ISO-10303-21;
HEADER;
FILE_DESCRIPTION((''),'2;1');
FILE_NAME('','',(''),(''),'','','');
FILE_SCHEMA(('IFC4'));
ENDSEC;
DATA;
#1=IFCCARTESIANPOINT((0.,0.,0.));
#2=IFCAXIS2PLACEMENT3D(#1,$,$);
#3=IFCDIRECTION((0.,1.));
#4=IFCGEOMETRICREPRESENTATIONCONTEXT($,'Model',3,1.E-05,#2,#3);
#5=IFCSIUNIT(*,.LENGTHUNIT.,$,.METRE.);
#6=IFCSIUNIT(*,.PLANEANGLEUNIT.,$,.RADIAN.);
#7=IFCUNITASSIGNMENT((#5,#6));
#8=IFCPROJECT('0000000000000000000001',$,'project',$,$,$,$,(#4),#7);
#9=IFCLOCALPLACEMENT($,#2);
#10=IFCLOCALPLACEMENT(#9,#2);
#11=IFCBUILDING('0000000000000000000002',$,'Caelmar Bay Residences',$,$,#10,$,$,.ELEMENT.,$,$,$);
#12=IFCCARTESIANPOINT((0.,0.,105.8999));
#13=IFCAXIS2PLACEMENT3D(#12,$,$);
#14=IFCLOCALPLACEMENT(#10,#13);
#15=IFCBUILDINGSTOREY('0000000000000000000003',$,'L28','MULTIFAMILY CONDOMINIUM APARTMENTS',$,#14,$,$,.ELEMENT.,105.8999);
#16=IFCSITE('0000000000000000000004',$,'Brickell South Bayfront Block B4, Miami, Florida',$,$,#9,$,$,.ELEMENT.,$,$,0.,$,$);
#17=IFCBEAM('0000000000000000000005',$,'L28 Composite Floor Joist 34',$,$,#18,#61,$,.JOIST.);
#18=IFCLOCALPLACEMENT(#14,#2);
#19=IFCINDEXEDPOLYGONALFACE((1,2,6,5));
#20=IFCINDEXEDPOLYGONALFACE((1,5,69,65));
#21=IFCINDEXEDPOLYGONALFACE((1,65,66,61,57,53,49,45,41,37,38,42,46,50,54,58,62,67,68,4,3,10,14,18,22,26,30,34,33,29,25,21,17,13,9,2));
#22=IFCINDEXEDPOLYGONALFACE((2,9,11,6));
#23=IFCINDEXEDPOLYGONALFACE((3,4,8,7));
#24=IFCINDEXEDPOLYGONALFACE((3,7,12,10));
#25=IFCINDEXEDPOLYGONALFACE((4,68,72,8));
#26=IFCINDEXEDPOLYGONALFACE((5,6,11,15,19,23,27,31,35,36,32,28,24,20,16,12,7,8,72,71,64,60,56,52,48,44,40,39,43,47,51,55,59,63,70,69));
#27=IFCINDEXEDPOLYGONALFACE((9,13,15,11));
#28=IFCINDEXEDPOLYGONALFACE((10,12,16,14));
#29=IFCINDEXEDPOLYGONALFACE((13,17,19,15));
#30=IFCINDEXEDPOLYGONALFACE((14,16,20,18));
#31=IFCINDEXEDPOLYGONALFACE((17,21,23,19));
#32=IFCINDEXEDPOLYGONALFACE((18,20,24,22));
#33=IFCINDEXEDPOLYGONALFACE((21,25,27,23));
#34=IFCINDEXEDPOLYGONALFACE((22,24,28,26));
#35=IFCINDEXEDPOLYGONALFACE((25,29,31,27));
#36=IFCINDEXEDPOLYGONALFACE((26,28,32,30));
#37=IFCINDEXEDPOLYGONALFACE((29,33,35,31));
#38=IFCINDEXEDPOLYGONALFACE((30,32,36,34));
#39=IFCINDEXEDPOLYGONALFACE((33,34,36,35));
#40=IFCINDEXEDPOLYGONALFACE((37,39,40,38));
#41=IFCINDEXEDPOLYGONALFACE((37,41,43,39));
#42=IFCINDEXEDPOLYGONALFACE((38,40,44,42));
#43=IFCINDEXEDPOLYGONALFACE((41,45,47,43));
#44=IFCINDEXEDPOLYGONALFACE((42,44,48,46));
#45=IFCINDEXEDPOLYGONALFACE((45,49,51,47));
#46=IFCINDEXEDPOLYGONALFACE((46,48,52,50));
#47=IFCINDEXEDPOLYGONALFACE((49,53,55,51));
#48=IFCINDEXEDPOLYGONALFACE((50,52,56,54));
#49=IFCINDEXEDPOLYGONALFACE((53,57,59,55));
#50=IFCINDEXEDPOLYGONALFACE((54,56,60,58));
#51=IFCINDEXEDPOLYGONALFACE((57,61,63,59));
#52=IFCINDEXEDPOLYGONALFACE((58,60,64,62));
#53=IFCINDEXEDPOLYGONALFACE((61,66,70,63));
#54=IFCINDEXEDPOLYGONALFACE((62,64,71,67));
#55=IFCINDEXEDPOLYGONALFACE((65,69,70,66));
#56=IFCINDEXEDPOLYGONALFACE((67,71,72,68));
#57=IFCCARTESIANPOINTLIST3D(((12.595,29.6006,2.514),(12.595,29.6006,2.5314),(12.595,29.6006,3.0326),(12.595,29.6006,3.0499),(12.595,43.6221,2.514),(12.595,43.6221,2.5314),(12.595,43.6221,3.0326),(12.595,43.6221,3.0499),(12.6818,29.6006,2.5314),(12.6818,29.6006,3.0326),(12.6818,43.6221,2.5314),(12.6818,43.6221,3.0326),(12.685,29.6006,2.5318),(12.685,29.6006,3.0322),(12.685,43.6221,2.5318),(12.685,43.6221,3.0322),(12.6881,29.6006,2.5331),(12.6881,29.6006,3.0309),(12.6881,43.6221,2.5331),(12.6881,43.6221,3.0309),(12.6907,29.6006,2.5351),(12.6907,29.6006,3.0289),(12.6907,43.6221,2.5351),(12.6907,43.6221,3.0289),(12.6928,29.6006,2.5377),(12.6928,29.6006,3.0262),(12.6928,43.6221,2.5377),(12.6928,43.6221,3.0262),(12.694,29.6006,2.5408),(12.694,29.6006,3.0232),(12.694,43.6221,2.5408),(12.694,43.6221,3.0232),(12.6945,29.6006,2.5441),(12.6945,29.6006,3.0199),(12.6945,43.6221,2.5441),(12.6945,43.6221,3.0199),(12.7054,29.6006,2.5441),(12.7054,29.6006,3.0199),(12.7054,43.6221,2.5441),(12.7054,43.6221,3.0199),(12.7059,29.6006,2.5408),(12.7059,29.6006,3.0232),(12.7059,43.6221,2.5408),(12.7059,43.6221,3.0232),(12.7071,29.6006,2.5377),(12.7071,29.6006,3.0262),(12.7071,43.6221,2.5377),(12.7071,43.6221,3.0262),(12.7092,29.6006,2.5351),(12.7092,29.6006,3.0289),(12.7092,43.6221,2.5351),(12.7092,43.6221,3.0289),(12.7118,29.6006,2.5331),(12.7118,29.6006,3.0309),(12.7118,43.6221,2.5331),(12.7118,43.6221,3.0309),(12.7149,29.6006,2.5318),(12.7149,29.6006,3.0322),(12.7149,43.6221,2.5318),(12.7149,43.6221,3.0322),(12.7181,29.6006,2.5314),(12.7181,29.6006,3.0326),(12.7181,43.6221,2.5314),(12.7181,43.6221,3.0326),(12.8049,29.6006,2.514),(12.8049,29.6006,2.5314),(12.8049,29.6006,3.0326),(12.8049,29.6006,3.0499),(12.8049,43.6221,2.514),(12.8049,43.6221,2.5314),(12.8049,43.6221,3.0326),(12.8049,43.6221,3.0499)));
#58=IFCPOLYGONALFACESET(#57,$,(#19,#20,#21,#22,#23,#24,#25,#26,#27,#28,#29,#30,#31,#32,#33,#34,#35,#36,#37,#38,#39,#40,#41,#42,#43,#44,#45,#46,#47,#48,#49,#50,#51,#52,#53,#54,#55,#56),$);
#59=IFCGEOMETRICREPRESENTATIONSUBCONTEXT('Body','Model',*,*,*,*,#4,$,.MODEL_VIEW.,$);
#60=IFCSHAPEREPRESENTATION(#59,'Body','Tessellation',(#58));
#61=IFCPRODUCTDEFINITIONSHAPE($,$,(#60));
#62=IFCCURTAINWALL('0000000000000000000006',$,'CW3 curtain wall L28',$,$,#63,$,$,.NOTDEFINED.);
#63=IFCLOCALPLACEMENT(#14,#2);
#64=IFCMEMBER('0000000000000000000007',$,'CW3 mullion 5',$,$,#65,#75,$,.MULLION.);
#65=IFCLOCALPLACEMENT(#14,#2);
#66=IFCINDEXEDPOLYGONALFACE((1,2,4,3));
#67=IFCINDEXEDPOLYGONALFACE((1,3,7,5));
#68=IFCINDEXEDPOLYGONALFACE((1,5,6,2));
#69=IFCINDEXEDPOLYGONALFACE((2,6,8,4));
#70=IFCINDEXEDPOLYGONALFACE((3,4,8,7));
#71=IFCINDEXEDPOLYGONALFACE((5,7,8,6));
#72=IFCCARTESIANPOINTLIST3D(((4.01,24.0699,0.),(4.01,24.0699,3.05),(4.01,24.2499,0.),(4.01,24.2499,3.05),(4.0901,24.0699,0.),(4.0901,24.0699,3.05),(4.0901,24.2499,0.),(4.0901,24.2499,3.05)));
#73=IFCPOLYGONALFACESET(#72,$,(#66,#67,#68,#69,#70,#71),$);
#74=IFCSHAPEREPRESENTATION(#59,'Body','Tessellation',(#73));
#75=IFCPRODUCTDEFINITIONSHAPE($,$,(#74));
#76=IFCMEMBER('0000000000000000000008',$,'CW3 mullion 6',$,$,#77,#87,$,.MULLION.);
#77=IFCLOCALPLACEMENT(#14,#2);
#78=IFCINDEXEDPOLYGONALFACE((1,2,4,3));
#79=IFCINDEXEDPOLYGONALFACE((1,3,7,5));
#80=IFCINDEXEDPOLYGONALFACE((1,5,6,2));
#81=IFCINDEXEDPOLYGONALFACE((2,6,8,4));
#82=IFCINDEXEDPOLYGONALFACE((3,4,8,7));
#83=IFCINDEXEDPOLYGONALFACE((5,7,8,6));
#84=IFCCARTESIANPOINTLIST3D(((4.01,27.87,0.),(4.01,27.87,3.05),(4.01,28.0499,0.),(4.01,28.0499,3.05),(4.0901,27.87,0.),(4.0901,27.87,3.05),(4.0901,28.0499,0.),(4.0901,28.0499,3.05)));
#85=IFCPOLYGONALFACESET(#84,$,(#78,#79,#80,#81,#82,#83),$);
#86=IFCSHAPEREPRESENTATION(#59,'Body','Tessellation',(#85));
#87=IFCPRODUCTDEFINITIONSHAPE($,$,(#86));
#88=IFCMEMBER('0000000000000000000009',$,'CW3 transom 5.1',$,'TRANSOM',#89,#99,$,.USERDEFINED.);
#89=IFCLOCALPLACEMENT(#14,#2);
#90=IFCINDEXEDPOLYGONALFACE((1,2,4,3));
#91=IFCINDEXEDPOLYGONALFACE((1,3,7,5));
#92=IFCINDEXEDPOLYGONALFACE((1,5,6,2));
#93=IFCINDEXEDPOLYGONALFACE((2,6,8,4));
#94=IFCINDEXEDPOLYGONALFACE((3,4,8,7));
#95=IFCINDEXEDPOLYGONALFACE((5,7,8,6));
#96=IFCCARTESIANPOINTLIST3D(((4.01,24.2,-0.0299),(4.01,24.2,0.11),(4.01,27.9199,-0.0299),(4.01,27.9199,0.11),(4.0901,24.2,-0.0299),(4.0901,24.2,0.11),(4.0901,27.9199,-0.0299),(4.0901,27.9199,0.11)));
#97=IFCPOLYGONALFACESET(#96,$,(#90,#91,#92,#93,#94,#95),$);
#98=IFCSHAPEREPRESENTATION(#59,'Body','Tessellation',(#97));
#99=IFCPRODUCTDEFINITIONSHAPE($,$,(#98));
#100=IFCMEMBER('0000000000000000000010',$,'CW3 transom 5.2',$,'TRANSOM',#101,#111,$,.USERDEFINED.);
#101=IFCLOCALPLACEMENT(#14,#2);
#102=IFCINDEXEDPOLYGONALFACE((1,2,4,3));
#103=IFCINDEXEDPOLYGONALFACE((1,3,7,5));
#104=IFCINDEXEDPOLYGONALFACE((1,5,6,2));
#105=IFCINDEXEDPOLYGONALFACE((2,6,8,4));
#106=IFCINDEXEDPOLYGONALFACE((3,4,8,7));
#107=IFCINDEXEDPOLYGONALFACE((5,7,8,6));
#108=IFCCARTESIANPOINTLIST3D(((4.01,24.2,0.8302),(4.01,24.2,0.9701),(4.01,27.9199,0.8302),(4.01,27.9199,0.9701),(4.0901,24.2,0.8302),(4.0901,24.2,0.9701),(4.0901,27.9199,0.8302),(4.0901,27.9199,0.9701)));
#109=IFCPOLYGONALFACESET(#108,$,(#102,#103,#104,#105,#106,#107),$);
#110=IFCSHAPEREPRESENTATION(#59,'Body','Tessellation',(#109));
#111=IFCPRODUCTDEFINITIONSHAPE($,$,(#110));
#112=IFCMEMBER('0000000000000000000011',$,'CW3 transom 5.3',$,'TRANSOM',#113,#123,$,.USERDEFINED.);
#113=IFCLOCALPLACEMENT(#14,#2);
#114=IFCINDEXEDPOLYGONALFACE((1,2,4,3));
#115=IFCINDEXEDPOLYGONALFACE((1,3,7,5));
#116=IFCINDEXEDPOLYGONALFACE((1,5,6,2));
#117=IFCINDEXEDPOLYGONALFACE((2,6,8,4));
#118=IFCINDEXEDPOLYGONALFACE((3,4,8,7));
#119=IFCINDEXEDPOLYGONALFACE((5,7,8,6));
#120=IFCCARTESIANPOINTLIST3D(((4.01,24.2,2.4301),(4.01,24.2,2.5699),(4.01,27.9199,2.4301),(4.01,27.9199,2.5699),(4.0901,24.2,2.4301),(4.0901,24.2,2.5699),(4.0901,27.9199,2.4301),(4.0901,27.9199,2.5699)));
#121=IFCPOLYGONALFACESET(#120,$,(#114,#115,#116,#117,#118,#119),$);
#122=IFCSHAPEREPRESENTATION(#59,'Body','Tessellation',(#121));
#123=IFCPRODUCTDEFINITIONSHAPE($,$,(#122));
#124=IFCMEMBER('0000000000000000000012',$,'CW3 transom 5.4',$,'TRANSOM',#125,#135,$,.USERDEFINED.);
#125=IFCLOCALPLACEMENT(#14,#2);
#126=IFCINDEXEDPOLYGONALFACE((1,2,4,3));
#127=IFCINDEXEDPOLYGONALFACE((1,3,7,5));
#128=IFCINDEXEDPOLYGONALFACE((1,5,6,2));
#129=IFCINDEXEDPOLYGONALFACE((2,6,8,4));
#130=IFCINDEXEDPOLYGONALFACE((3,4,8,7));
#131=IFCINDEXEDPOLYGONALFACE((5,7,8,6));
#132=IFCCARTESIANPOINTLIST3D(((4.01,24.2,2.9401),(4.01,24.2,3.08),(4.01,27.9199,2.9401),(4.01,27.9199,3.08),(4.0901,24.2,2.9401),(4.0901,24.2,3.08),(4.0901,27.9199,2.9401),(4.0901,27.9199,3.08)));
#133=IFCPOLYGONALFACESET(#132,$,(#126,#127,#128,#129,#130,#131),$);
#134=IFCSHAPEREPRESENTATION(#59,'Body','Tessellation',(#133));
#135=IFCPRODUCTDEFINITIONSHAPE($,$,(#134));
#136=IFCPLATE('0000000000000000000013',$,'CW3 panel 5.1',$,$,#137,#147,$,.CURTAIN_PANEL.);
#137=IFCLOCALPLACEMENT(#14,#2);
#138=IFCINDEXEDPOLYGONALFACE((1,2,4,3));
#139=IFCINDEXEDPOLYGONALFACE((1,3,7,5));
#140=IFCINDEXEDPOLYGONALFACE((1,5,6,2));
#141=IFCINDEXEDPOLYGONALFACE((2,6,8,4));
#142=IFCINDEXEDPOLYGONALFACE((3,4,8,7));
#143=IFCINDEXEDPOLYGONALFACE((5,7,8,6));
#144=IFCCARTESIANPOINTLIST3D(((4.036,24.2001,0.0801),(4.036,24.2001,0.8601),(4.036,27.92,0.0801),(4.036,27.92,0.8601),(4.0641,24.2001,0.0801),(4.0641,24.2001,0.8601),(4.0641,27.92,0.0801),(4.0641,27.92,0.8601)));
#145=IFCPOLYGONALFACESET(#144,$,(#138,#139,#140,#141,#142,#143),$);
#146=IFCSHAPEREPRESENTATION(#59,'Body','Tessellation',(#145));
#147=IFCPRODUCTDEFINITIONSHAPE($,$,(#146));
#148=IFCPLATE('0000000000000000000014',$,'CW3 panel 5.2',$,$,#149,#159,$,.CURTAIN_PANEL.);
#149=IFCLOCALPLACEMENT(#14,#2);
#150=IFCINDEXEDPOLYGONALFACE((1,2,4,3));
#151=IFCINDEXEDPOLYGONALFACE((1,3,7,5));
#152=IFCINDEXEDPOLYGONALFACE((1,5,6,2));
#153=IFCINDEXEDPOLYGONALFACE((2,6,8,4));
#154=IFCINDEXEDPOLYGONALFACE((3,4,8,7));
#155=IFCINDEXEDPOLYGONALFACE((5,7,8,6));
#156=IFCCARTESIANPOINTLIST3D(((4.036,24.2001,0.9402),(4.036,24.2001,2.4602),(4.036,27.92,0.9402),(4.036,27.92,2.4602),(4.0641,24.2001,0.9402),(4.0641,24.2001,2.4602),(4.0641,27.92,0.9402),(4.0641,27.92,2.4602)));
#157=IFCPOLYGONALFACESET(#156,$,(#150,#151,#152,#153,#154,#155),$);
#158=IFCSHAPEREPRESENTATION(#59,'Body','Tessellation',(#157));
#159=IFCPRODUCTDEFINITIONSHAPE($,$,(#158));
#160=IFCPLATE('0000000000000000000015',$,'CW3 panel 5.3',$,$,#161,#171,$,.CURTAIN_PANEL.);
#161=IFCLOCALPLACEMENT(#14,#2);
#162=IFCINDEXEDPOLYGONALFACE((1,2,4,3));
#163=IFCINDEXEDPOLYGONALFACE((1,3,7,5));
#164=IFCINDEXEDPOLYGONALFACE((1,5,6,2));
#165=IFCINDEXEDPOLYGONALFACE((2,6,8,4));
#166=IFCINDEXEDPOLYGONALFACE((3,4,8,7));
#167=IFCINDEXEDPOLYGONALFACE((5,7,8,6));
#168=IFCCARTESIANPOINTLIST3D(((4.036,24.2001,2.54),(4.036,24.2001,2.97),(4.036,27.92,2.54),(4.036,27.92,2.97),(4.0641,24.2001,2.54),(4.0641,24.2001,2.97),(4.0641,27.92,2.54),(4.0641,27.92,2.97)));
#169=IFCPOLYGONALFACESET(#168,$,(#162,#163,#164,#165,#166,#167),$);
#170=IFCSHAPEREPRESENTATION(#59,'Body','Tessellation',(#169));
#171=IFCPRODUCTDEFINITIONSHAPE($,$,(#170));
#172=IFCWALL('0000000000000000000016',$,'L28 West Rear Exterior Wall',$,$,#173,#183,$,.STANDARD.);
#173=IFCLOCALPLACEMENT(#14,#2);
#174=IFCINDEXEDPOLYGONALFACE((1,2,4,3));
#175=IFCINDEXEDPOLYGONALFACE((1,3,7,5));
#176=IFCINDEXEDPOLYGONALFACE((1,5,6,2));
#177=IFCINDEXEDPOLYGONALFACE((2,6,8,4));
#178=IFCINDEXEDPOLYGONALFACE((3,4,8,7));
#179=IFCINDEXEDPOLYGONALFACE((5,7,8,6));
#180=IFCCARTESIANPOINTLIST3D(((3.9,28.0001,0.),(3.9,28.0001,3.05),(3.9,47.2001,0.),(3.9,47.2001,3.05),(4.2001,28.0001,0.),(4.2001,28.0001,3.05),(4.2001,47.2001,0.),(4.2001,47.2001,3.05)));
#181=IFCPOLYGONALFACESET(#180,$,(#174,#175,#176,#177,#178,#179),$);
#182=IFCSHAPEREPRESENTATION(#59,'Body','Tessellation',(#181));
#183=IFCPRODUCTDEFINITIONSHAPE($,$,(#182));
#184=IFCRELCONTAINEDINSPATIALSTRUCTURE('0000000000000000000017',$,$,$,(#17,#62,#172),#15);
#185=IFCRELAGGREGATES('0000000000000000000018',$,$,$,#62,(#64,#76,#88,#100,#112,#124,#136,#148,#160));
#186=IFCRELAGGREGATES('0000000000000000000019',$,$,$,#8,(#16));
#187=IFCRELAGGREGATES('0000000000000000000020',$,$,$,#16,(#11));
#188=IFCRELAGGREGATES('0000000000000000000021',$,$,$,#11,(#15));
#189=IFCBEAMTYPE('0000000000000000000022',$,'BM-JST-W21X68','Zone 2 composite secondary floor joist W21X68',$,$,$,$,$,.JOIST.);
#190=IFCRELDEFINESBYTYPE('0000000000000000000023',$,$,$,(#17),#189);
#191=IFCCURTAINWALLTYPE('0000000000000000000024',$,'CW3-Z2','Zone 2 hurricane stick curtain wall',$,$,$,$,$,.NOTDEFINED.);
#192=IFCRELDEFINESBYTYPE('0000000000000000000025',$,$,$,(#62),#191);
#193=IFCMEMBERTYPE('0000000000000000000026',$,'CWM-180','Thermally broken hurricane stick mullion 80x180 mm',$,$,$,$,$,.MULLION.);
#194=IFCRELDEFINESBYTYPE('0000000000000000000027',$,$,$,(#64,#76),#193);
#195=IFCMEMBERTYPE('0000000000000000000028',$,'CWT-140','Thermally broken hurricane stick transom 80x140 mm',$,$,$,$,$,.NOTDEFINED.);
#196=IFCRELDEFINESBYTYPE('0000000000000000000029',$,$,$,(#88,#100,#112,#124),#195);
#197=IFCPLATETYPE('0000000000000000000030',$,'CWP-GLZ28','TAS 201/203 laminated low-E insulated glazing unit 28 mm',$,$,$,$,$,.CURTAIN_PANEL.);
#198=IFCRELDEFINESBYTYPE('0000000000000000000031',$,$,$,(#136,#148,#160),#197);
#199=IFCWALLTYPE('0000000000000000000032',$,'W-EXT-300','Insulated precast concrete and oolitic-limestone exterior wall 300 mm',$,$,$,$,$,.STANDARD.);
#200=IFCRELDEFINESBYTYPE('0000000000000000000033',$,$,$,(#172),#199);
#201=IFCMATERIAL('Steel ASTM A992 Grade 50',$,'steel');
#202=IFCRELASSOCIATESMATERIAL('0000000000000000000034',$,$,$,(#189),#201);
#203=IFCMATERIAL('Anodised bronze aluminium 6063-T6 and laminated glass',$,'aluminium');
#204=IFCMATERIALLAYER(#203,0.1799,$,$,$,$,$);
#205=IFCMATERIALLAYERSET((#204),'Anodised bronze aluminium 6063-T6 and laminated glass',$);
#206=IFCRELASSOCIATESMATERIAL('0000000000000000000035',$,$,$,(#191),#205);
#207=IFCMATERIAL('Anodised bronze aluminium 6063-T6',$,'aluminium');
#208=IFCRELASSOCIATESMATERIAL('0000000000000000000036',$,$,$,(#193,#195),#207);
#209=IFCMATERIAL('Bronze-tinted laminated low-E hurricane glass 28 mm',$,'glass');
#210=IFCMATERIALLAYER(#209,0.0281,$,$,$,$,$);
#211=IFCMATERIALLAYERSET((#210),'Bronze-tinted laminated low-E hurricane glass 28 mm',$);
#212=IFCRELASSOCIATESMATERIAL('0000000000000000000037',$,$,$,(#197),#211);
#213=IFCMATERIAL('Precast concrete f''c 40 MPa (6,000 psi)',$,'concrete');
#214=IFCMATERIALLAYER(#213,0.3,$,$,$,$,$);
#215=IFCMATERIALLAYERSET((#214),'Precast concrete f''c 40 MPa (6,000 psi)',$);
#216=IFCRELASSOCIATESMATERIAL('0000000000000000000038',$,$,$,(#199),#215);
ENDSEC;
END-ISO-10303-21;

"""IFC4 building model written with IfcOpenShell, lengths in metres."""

from ifc_helpers import new_model, si_unit, direction, frame, frame_2d, origin, origin_2d, place, context, subcontext, project, spatial, rectangle, i_section, extrude, material, layer, layer_set, material_profile, profile_set, type_object, element, aggregate, save


model = new_model("IFC4")

# Units and contexts
model_context = context("Model", 3, precision=1e-05, world=origin(), true_north=direction((0.0, 1.0)))
body_context = subcontext(model_context, "Body", "Model", "MODEL_VIEW")
ifc_project = project(units=[si_unit("LENGTHUNIT", "METRE"), si_unit("PLANEANGLEUNIT", "RADIAN")], contexts=[model_context])

# Site, building, storey
site_placement = place(None, origin())
site = spatial("IfcSite", under=ifc_project, at=site_placement, Name="Brickell South Bayfront Block B4, Miami, Florida", CompositionType="ELEMENT", RefElevation=0.0)
building_placement = place(site_placement, origin())
building = spatial("IfcBuilding", under=site, at=building_placement, Name="Caelmar Bay Residences", CompositionType="ELEMENT")
storey_placement = place(building_placement, frame((0.0, 0.0, 105.8999)))
storey = spatial("IfcBuildingStorey", under=building, at=storey_placement, Name="L28", Description="MULTIFAMILY CONDOMINIUM APARTMENTS", CompositionType="ELEMENT", Elevation=105.8999)

# Beam
ifc_material_1 = material(Name="Steel ASTM A992 Grade 50", Category="steel")
ifc_material_profile_1 = material_profile(ifc_material_1, i_section(OverallWidth=0.21, OverallDepth=0.5359, WebThickness=0.011, FlangeThickness=0.0173, FilletRadius=0.0127, at=origin_2d()), Name="W21X68")
ifc_profile_set_1 = profile_set([ifc_material_profile_1], Name="Steel ASTM A992 Grade 50")
beam_type_1 = type_object("IfcBeamType", Name="BM-JST-W21X68", Description="Zone 2 composite secondary floor joist W21X68", PredefinedType="JOIST", material=ifc_profile_set_1)
beam_1_placement = place(storey_placement, frame((12.7, 29.6006, 2.782), z_axis=(0.0, 1.0, 0.0), x_axis=(-1.0, 0.0, 0.0)))
element("IfcBeam", 1, at=beam_1_placement, inside=storey, type_object=beam_type_1, Name="L28 Composite Floor Joist 34", PredefinedType="JOIST", context=body_context, shape_type="SweptSolid", body=[
    extrude(i_section(OverallWidth=0.21, OverallDepth=0.5359, WebThickness=0.011, FlangeThickness=0.0173, FilletRadius=0.0127, at=origin_2d()), origin(), (0.0, 0.0, 1.0), 14.0215),
])

# Curtain wall, members, plates
ifc_material_2 = material(Name="Anodised bronze aluminium 6063-T6 and laminated glass", Category="aluminium")
ifc_layer_1 = layer(ifc_material_2, 0.1799)
ifc_layer_set_1 = layer_set([ifc_layer_1], Name="Anodised bronze aluminium 6063-T6 and laminated glass")
curtain_wall_type = type_object("IfcCurtainWallType", Name="CW3-Z2", Description="Zone 2 hurricane stick curtain wall", PredefinedType="NOTDEFINED", material=ifc_layer_set_1)
curtain_wall_placement = place(storey_placement, origin())
curtain_wall = element("IfcCurtainWall", 2, at=curtain_wall_placement, inside=storey, type_object=curtain_wall_type, Name="CW3 curtain wall L28", PredefinedType="NOTDEFINED")
ifc_material_3 = material(Name="Anodised bronze aluminium 6063-T6", Category="aluminium")
ifc_material_profile_2 = material_profile(ifc_material_3, rectangle(XDim=0.0801, YDim=0.1799, at=origin_2d()), Name="CWM-80X180")
ifc_profile_set_2 = profile_set([ifc_material_profile_2], Name="Anodised bronze aluminium 6063-T6")
member_type_1 = type_object("IfcMemberType", Name="CWM-180", Description="Thermally broken hurricane stick mullion 80x180 mm", PredefinedType="MULLION", material=ifc_profile_set_2)
member_1_placement = place(storey_placement, frame((4.05, 24.1599, 0.0), z_axis=(0.0, 0.0, 1.0), x_axis=(-1.0, 0.0, 0.0)))
member_1 = element("IfcMember", 3, at=member_1_placement, type_object=member_type_1, Name="CW3 mullion 5", PredefinedType="MULLION", context=body_context, shape_type="SweptSolid", body=[
    extrude(rectangle(XDim=0.0801, YDim=0.1799, at=origin_2d()), origin(), (0.0, 0.0, 1.0), 3.05),
])
member_2_placement = place(storey_placement, frame((4.05, 27.96, 0.0), z_axis=(0.0, 0.0, 1.0), x_axis=(-1.0, 0.0, 0.0)))
member_2 = element("IfcMember", 4, at=member_2_placement, type_object=member_type_1, Name="CW3 mullion 6", PredefinedType="MULLION", context=body_context, shape_type="SweptSolid", body=[
    extrude(rectangle(XDim=0.0801, YDim=0.1799, at=origin_2d()), origin(), (0.0, 0.0, 1.0), 3.05),
])
ifc_material_profile_3 = material_profile(ifc_material_3, rectangle(XDim=0.0801, YDim=0.1399, at=origin_2d()), Name="CWT-80X140")
ifc_profile_set_3 = profile_set([ifc_material_profile_3], Name="Anodised bronze aluminium 6063-T6")
member_type_2 = type_object("IfcMemberType", Name="CWT-140", Description="Thermally broken hurricane stick transom 80x140 mm", PredefinedType="NOTDEFINED", material=ifc_profile_set_3)
member_3_placement = place(storey_placement, frame((4.05, 24.2, 0.04), z_axis=(0.0, 1.0, 0.0), x_axis=(-1.0, 0.0, 0.0)))
member_3 = element("IfcMember", 5, at=member_3_placement, type_object=member_type_2, Name="CW3 transom 5.1", ObjectType="TRANSOM", PredefinedType="USERDEFINED", context=body_context, shape_type="SweptSolid", body=[
    extrude(rectangle(XDim=0.0801, YDim=0.1399, at=origin_2d()), origin(), (0.0, 0.0, 1.0), 3.72),
])
member_4_placement = place(storey_placement, frame((4.05, 24.2, 0.9001), z_axis=(0.0, 1.0, 0.0), x_axis=(-1.0, 0.0, 0.0)))
member_4 = element("IfcMember", 6, at=member_4_placement, type_object=member_type_2, Name="CW3 transom 5.2", ObjectType="TRANSOM", PredefinedType="USERDEFINED", context=body_context, shape_type="SweptSolid", body=[
    extrude(rectangle(XDim=0.0801, YDim=0.1399, at=origin_2d()), origin(), (0.0, 0.0, 1.0), 3.72),
])
member_5_placement = place(storey_placement, frame((4.05, 24.2, 2.5), z_axis=(0.0, 1.0, 0.0), x_axis=(-1.0, 0.0, 0.0)))
member_5 = element("IfcMember", 7, at=member_5_placement, type_object=member_type_2, Name="CW3 transom 5.3", ObjectType="TRANSOM", PredefinedType="USERDEFINED", context=body_context, shape_type="SweptSolid", body=[
    extrude(rectangle(XDim=0.0801, YDim=0.1399, at=origin_2d()), origin(), (0.0, 0.0, 1.0), 3.72),
])
member_6_placement = place(storey_placement, frame((4.05, 24.2, 3.01), z_axis=(0.0, 1.0, 0.0), x_axis=(-1.0, 0.0, 0.0)))
member_6 = element("IfcMember", 8, at=member_6_placement, type_object=member_type_2, Name="CW3 transom 5.4", ObjectType="TRANSOM", PredefinedType="USERDEFINED", context=body_context, shape_type="SweptSolid", body=[
    extrude(rectangle(XDim=0.0801, YDim=0.1399, at=origin_2d()), origin(), (0.0, 0.0, 1.0), 3.72),
])
ifc_material_4 = material(Name="Bronze-tinted laminated low-E hurricane glass 28 mm", Category="glass")
ifc_layer_2 = layer(ifc_material_4, 0.0281)
ifc_layer_set_2 = layer_set([ifc_layer_2], Name="Bronze-tinted laminated low-E hurricane glass 28 mm")
plate_type = type_object("IfcPlateType", Name="CWP-GLZ28", Description="TAS 201/203 laminated low-E insulated glazing unit 28 mm", PredefinedType="CURTAIN_PANEL", material=ifc_layer_set_2)
plate_1_placement = place(storey_placement, frame((4.05, 26.0601, 0.0801), z_axis=(0.0, 0.0, 1.0), x_axis=(0.0, 1.0, 0.0)))
plate_1 = element("IfcPlate", 9, at=plate_1_placement, type_object=plate_type, Name="CW3 panel 5.1", PredefinedType="CURTAIN_PANEL", context=body_context, shape_type="SweptSolid", body=[
    extrude(rectangle(XDim=3.72, YDim=0.0281, at=origin_2d()), origin(), (0.0, 0.0, 1.0), 0.78),
])
plate_2_placement = place(storey_placement, frame((4.05, 26.0601, 0.9402), z_axis=(0.0, 0.0, 1.0), x_axis=(0.0, 1.0, 0.0)))
plate_2 = element("IfcPlate", 10, at=plate_2_placement, type_object=plate_type, Name="CW3 panel 5.2", PredefinedType="CURTAIN_PANEL", context=body_context, shape_type="SweptSolid", body=[
    extrude(rectangle(XDim=3.72, YDim=0.0281, at=origin_2d()), origin(), (0.0, 0.0, 1.0), 1.52),
])
plate_3_placement = place(storey_placement, frame((4.05, 26.0601, 2.54), z_axis=(0.0, 0.0, 1.0), x_axis=(0.0, 1.0, 0.0)))
plate_3 = element("IfcPlate", 11, at=plate_3_placement, type_object=plate_type, Name="CW3 panel 5.3", PredefinedType="CURTAIN_PANEL", context=body_context, shape_type="SweptSolid", body=[
    extrude(rectangle(XDim=3.72, YDim=0.0281, at=origin_2d()), origin(), (0.0, 0.0, 1.0), 0.4299),
])
aggregate(curtain_wall, [member_1, member_2, member_3, member_4, member_5, member_6, plate_1, plate_2, plate_3])

# Wall
ifc_material_5 = material(Name="Precast concrete f'c 40 MPa (6,000 psi)", Category="concrete")
ifc_layer_3 = layer(ifc_material_5, 0.3)
ifc_layer_set_3 = layer_set([ifc_layer_3], Name="Precast concrete f'c 40 MPa (6,000 psi)")
wall_type_1 = type_object("IfcWallType", Name="W-EXT-300", Description="Insulated precast concrete and oolitic-limestone exterior wall 300 mm", PredefinedType="STANDARD", material=ifc_layer_set_3)
wall_1_placement = place(storey_placement, frame((4.05, 28.0, 0.0), z_axis=(0.0, 0.0, 1.0), x_axis=(0.0, 1.0, 0.0)))
element("IfcWall", 12, at=wall_1_placement, inside=storey, type_object=wall_type_1, Name="L28 West Rear Exterior Wall", PredefinedType="STANDARD", context=body_context, shape_type="SweptSolid", body=[
    extrude(rectangle(XDim=19.2, YDim=0.3, at=frame_2d((9.6001, 0.0))), origin(), (0.0, 0.0, 1.0), 3.05),
])

save(model, "model.ifc")
